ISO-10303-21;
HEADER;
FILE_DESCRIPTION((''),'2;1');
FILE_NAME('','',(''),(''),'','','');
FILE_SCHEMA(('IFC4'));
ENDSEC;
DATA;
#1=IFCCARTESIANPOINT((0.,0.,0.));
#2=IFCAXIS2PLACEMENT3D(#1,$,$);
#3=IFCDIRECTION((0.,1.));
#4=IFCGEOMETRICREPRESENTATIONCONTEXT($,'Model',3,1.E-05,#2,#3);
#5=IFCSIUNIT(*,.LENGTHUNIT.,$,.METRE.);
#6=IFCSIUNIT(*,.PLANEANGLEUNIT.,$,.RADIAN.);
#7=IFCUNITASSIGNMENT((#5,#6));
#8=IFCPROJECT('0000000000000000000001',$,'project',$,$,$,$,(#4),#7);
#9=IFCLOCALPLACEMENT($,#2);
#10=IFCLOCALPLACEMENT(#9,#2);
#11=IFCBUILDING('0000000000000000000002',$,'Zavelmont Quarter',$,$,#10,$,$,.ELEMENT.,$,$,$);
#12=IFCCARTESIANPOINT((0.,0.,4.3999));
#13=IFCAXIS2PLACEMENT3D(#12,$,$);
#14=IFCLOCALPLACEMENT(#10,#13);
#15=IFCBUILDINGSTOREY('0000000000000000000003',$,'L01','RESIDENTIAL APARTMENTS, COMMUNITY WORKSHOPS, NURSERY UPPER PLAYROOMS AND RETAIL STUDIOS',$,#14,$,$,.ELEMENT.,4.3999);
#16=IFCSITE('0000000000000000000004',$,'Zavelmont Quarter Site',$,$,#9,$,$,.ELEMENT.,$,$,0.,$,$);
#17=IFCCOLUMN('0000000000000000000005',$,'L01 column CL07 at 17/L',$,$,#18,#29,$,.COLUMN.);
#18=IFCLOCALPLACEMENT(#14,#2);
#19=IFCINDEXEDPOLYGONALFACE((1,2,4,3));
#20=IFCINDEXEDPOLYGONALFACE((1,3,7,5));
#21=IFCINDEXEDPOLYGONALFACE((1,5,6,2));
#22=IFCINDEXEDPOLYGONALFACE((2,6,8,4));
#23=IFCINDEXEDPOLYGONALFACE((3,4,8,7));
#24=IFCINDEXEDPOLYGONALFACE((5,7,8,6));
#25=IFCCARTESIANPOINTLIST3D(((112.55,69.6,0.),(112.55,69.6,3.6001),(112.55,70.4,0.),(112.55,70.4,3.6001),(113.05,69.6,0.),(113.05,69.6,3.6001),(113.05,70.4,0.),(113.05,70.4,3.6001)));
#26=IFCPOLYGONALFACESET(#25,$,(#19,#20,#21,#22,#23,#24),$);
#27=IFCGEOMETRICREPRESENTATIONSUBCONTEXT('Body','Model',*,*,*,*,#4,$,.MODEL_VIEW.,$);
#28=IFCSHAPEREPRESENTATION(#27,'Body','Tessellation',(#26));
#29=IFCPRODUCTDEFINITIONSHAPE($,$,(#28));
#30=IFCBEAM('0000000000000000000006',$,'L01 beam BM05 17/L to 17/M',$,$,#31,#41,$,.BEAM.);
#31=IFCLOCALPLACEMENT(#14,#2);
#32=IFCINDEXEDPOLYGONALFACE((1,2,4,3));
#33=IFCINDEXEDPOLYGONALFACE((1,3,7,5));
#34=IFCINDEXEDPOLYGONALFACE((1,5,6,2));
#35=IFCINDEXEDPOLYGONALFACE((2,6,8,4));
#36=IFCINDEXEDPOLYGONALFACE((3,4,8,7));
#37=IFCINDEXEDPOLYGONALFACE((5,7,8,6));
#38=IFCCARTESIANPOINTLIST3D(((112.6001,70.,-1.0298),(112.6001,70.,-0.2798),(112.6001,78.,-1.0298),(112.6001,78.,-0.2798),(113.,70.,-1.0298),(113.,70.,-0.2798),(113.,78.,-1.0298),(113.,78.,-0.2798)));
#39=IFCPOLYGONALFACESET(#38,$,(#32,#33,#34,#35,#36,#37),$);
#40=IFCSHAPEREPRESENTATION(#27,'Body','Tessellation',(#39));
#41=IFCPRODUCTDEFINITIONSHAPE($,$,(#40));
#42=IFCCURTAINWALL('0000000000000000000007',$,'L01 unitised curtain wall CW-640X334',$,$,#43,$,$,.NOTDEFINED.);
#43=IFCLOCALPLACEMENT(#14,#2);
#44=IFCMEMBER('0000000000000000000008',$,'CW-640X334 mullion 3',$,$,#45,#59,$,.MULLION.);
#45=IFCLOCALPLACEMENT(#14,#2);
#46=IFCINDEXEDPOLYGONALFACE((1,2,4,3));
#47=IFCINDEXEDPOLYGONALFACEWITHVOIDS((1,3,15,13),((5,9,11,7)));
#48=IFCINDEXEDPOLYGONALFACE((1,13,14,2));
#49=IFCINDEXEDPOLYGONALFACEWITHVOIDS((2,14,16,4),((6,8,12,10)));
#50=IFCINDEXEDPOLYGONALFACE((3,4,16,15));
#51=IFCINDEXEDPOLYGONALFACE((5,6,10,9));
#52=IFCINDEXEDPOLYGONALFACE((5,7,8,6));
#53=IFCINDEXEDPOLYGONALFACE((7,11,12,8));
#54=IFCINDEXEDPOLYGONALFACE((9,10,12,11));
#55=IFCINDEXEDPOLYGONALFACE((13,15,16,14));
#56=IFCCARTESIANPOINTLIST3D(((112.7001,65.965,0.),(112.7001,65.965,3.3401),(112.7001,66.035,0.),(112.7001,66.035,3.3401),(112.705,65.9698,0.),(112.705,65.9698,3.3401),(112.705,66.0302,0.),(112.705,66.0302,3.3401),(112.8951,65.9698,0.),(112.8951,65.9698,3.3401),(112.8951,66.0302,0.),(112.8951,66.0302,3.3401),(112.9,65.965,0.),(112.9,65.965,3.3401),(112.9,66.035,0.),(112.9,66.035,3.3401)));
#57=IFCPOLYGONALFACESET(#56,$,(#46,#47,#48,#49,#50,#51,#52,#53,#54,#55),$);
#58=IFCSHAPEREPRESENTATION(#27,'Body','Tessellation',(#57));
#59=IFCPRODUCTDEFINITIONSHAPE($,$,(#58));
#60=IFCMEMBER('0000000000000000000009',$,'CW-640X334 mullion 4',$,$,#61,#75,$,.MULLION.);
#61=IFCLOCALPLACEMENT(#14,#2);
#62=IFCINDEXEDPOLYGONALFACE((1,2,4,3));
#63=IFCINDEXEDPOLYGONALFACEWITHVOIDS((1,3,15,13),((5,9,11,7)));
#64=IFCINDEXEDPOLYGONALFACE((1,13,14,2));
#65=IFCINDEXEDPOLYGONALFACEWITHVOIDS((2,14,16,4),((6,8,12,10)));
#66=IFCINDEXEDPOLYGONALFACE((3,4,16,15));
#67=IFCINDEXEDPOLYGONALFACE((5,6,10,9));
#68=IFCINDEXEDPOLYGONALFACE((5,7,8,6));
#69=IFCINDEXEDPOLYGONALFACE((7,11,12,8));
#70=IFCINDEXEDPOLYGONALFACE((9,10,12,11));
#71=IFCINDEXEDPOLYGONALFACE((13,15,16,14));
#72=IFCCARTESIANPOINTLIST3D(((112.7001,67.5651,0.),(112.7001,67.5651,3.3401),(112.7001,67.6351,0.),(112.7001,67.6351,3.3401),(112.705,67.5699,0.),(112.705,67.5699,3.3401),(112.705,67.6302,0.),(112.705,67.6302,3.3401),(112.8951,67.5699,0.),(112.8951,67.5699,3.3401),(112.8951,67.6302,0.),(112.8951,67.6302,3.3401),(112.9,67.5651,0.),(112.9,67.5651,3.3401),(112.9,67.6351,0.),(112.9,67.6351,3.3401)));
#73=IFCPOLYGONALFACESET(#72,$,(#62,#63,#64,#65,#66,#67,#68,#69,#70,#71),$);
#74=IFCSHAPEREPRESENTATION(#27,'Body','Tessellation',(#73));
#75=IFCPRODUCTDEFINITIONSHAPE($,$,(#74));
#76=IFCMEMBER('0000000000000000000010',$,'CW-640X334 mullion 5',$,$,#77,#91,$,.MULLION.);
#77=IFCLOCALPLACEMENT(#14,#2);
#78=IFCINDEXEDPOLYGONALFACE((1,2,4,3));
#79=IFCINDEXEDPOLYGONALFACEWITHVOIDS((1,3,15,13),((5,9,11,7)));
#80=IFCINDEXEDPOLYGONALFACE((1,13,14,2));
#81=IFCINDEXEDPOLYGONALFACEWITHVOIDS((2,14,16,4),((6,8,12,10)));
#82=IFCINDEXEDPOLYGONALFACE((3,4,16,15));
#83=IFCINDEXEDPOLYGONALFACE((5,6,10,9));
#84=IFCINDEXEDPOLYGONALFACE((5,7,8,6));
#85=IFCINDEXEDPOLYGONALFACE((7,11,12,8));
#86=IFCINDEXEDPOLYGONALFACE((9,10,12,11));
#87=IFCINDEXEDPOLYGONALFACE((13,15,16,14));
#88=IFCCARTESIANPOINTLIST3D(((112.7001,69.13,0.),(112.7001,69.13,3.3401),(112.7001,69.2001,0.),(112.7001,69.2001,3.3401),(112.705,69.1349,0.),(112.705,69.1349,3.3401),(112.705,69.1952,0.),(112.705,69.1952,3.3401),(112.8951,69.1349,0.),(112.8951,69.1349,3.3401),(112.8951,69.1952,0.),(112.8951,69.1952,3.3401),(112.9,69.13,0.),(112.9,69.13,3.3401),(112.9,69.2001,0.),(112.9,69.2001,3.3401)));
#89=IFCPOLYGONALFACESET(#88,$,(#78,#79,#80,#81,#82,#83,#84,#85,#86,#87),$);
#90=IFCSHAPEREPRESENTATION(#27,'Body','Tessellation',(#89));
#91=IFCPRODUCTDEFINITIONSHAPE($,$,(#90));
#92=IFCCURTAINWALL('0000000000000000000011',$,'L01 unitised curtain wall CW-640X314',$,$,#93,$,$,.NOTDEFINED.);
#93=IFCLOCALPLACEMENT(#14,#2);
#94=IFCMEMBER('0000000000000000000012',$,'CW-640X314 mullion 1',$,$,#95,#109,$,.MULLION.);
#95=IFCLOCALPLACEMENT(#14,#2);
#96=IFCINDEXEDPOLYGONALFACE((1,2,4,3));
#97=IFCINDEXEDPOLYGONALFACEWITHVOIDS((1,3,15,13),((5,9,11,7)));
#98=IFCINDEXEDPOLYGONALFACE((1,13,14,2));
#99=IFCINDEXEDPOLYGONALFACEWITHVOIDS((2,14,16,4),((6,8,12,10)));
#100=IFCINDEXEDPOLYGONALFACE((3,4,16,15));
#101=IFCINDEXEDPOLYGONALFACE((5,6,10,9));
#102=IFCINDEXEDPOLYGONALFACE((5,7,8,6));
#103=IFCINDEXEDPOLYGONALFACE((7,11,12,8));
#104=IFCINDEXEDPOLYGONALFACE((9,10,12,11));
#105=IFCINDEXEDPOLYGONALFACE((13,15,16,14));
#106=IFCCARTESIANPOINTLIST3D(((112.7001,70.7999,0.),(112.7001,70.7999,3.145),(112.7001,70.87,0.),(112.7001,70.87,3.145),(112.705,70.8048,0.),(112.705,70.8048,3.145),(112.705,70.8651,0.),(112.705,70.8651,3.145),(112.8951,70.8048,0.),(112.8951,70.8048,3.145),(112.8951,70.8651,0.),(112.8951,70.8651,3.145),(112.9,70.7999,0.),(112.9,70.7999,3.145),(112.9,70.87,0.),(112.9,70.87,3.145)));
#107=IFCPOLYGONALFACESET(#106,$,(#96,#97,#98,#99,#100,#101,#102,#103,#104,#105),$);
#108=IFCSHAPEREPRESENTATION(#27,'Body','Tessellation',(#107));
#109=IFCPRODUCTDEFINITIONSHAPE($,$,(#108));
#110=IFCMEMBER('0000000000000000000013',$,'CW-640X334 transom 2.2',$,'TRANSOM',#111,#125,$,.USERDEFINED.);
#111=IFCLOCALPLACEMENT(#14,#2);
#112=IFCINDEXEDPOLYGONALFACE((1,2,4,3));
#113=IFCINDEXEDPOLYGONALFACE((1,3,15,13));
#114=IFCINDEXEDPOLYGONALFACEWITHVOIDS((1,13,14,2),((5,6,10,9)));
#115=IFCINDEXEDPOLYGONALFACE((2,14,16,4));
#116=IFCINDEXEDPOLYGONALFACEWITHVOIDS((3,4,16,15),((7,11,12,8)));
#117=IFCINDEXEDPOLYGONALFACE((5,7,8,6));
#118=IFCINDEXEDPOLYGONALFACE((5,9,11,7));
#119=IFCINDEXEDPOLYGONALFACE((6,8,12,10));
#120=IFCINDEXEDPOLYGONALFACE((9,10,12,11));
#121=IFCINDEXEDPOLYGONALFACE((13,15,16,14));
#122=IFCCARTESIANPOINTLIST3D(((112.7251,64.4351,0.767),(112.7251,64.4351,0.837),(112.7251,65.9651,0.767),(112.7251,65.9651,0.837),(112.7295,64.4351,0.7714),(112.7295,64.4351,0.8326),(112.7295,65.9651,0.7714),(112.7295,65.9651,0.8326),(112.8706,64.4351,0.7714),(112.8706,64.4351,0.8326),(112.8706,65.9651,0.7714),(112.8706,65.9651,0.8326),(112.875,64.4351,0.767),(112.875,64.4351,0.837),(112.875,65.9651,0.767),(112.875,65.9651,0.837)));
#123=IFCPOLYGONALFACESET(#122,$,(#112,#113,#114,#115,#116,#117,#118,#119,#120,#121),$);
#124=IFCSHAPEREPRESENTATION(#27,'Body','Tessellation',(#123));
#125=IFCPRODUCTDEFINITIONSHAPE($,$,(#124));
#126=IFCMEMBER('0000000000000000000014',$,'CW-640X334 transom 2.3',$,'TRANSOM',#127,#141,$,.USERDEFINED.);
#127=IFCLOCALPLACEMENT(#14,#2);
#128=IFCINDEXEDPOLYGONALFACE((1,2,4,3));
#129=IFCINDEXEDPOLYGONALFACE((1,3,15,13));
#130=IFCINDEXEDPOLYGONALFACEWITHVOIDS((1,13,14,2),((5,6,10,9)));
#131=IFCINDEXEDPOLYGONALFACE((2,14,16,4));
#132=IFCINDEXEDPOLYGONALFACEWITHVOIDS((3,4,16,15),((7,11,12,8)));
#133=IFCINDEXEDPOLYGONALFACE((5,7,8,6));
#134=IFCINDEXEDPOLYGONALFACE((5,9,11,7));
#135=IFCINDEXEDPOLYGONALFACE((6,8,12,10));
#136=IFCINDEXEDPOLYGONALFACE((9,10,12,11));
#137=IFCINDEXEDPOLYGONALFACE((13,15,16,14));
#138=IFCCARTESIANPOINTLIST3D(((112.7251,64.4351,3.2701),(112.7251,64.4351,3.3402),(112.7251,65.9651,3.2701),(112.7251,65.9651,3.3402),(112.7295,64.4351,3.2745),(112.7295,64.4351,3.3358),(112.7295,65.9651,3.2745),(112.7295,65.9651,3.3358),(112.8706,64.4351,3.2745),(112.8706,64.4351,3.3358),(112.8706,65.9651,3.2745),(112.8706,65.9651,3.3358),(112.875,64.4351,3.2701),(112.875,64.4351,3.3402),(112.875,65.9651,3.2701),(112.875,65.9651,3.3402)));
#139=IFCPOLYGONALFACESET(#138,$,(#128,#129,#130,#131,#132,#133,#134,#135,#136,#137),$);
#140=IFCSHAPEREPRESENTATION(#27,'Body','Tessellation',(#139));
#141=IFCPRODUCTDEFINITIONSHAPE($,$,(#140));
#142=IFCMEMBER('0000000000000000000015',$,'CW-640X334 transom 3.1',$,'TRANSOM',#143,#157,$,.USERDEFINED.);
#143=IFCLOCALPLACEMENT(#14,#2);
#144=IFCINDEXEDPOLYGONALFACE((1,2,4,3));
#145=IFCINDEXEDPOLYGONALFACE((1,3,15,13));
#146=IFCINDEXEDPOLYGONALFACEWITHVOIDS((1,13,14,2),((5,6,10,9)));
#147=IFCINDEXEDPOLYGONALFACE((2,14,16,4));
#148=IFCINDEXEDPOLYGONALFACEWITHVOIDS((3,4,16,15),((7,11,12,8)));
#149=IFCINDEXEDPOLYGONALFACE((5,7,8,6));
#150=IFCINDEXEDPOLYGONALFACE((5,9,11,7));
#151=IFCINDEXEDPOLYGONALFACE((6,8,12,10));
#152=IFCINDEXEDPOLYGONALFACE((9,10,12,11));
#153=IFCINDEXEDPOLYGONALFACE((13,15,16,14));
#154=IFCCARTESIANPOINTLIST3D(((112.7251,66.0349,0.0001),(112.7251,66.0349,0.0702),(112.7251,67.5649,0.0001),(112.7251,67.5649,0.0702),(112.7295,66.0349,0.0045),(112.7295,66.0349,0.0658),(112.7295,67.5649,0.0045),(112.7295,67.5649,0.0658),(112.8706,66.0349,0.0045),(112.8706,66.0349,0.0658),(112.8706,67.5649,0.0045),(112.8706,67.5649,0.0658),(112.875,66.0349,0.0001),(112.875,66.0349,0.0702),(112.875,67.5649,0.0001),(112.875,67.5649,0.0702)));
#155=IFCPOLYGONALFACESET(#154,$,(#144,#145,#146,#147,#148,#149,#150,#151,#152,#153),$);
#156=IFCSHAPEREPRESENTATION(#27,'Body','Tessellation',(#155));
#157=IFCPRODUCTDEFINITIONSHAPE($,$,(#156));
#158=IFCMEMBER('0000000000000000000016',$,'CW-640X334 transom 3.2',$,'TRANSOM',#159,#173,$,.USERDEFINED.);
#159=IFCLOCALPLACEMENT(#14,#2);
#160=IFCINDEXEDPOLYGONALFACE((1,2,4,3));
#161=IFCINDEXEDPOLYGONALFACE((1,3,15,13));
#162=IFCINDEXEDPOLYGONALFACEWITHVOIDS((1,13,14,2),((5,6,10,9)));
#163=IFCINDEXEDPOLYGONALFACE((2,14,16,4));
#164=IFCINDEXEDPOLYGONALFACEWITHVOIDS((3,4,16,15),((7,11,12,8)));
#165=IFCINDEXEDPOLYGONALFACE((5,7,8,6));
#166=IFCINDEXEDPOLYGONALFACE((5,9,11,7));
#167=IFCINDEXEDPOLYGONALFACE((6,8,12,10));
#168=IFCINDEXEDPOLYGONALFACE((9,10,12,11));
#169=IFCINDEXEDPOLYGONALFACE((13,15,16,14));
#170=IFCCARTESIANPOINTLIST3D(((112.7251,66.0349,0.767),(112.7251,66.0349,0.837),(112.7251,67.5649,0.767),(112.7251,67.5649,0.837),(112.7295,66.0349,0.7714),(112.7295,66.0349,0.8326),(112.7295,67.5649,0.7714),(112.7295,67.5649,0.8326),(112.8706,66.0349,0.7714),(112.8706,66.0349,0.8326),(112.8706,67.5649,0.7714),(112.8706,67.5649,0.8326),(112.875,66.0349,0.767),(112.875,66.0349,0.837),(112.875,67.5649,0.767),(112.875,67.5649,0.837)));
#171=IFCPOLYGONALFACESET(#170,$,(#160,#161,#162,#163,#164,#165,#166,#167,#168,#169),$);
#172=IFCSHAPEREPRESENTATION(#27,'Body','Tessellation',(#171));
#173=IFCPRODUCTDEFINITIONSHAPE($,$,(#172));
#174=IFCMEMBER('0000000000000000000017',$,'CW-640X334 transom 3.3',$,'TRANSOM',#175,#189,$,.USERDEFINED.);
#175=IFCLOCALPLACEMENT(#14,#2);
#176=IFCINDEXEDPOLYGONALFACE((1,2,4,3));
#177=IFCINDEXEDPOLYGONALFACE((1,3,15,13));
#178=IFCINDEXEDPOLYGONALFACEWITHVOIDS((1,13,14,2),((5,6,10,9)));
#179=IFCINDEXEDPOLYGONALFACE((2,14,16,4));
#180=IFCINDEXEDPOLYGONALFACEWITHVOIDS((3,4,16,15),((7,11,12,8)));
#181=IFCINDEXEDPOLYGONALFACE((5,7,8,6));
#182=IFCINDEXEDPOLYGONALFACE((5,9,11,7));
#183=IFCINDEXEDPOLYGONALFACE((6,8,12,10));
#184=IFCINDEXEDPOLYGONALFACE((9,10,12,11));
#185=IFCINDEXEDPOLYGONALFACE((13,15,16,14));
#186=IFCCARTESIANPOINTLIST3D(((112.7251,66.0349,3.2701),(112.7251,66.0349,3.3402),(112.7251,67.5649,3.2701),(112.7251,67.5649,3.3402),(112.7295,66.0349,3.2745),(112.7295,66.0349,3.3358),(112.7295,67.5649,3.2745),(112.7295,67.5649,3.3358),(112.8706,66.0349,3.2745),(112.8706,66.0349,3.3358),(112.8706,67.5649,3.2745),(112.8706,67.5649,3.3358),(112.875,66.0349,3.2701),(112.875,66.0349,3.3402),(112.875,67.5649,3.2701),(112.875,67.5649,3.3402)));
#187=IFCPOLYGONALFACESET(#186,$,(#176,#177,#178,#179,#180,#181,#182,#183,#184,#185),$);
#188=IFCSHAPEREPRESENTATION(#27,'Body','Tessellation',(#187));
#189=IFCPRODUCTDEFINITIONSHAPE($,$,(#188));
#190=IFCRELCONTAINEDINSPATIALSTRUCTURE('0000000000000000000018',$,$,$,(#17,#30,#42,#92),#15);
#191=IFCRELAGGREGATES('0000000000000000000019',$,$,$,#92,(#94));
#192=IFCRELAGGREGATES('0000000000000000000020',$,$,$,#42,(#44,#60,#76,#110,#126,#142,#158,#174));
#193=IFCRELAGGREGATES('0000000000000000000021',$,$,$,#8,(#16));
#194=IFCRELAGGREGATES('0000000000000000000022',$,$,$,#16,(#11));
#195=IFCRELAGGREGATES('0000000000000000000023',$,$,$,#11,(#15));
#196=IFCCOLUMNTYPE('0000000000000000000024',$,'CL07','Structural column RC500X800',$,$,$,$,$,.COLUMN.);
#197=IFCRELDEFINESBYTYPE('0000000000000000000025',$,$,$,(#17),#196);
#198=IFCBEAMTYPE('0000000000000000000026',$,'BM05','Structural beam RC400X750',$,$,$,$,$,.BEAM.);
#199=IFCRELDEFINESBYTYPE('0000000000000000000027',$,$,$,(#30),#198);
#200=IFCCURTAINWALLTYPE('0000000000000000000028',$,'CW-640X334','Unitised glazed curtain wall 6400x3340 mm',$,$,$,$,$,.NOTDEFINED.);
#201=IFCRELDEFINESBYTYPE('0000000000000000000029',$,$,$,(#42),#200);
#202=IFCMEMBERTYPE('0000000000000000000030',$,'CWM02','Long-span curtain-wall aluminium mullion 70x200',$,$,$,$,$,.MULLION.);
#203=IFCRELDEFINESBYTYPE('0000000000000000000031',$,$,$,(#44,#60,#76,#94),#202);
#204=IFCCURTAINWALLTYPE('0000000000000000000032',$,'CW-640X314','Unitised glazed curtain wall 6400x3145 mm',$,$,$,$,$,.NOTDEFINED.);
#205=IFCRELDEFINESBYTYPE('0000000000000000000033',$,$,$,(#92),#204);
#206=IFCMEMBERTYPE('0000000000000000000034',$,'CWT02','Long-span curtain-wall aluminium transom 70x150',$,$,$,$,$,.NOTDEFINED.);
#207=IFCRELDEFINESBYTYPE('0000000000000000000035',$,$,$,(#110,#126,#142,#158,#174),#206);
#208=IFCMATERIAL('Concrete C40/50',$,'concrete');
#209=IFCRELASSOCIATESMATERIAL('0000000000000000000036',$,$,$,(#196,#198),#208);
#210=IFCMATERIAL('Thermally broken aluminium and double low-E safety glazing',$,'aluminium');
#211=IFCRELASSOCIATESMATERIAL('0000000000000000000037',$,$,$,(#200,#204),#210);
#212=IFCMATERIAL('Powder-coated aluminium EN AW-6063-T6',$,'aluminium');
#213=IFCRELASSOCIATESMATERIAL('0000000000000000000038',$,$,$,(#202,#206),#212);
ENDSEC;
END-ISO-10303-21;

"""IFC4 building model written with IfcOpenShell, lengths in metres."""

from ifc_helpers import new_model, si_unit, direction, frame, origin, origin_2d, place, context, subcontext, project, spatial, rectangle, hollow_rectangle, extrude, material, material_profile, profile_set, type_object, element, aggregate, save


model = new_model("IFC4")

# Units and contexts
model_context = context("Model", 3, precision=1e-05, world=origin(), true_north=direction((0.0, 1.0)))
body_context = subcontext(model_context, "Body", "Model", "MODEL_VIEW")
ifc_project = project(units=[si_unit("LENGTHUNIT", "METRE"), si_unit("PLANEANGLEUNIT", "RADIAN")], contexts=[model_context])

# Site, building, storey
site_placement = place(None, origin())
site = spatial("IfcSite", under=ifc_project, at=site_placement, Name="Zavelmont Quarter Site", CompositionType="ELEMENT", RefElevation=0.0)
building_placement = place(site_placement, origin())
building = spatial("IfcBuilding", under=site, at=building_placement, Name="Zavelmont Quarter", CompositionType="ELEMENT")
storey_placement = place(building_placement, frame((0.0, 0.0, 4.3999)))
storey = spatial("IfcBuildingStorey", under=building, at=storey_placement, Name="L01", Description="RESIDENTIAL APARTMENTS, COMMUNITY WORKSHOPS, NURSERY UPPER PLAYROOMS AND RETAIL STUDIOS", CompositionType="ELEMENT", Elevation=4.3999)

# Column
ifc_material_1 = material(Name="Concrete C40/50", Category="concrete")
ifc_material_profile_1 = material_profile(ifc_material_1, rectangle(XDim=0.5, YDim=0.8, at=origin_2d()), Name="RC500X800")
ifc_profile_set_1 = profile_set([ifc_material_profile_1], Name="Concrete C40/50")
column_type = type_object("IfcColumnType", Name="CL07", Description="Structural column RC500X800", PredefinedType="COLUMN", material=ifc_profile_set_1)
column_placement = place(storey_placement, frame((112.8, 70.0, 0.0), z_axis=(0.0, 0.0, 1.0), x_axis=(1.0, 0.0, 0.0)))
element("IfcColumn", 1, at=column_placement, inside=storey, type_object=column_type, Name="L01 column CL07 at 17/L", PredefinedType="COLUMN", context=body_context, shape_type="SweptSolid", body=[
    extrude(rectangle(XDim=0.5, YDim=0.8, at=origin_2d()), origin(), (0.0, 0.0, 1.0), 3.6001),
])

# Beam
ifc_material_profile_2 = material_profile(ifc_material_1, rectangle(XDim=0.3999, YDim=0.75, at=origin_2d()), Name="RC400X750")
ifc_profile_set_2 = profile_set([ifc_material_profile_2], Name="Concrete C40/50")
beam_type = type_object("IfcBeamType", Name="BM05", Description="Structural beam RC400X750", PredefinedType="BEAM", material=ifc_profile_set_2)
beam_placement = place(storey_placement, frame((112.8, 70.0, -0.6548), z_axis=(0.0, 1.0, 0.0), x_axis=(-1.0, 0.0, 0.0)))
element("IfcBeam", 2, at=beam_placement, inside=storey, type_object=beam_type, Name="L01 beam BM05 17/L to 17/M", PredefinedType="BEAM", context=body_context, shape_type="SweptSolid", body=[
    extrude(rectangle(XDim=0.3999, YDim=0.75, at=origin_2d()), origin(), (0.0, 0.0, 1.0), 8.0),
])

# Curtain wall, members
ifc_material_2 = material(Name="Thermally broken aluminium and double low-E safety glazing", Category="aluminium")
curtain_wall_type_1 = type_object("IfcCurtainWallType", Name="CW-640X334", Description="Unitised glazed curtain wall 6400x3340 mm", PredefinedType="NOTDEFINED", material=ifc_material_2)
curtain_wall_1_placement = place(storey_placement, origin())
curtain_wall_1 = element("IfcCurtainWall", 3, at=curtain_wall_1_placement, inside=storey, type_object=curtain_wall_type_1, Name="L01 unitised curtain wall CW-640X334", PredefinedType="NOTDEFINED")
ifc_material_3 = material(Name="Powder-coated aluminium EN AW-6063-T6", Category="aluminium")
ifc_material_profile_3 = material_profile(ifc_material_3, hollow_rectangle(XDim=0.0701, YDim=0.2, WallThickness=0.0049, at=origin_2d()), Name="CWM70X200")
ifc_profile_set_3 = profile_set([ifc_material_profile_3], Name="Powder-coated aluminium EN AW-6063-T6")
member_type_1 = type_object("IfcMemberType", Name="CWM02", Description="Long-span curtain-wall aluminium mullion 70x200", PredefinedType="MULLION", material=ifc_profile_set_3)
member_1_placement = place(storey_placement, frame((112.8, 66.0, 0.0), z_axis=(0.0, 0.0, 1.0), x_axis=(0.0, 1.0, 0.0)))
member_1 = element("IfcMember", 4, at=member_1_placement, type_object=member_type_1, Name="CW-640X334 mullion 3", PredefinedType="MULLION", context=body_context, shape_type="SweptSolid", body=[
    extrude(hollow_rectangle(XDim=0.0701, YDim=0.2, WallThickness=0.0049, at=origin_2d()), origin(), (0.0, 0.0, 1.0), 3.3401),
])
member_2_placement = place(storey_placement, frame((112.8, 67.6001, 0.0), z_axis=(0.0, 0.0, 1.0), x_axis=(0.0, 1.0, 0.0)))
member_2 = element("IfcMember", 5, at=member_2_placement, type_object=member_type_1, Name="CW-640X334 mullion 4", PredefinedType="MULLION", context=body_context, shape_type="SweptSolid", body=[
    extrude(hollow_rectangle(XDim=0.0701, YDim=0.2, WallThickness=0.0049, at=origin_2d()), origin(), (0.0, 0.0, 1.0), 3.3401),
])
member_3_placement = place(storey_placement, frame((112.8, 69.165, 0.0), z_axis=(0.0, 0.0, 1.0), x_axis=(0.0, 1.0, 0.0)))
member_3 = element("IfcMember", 6, at=member_3_placement, type_object=member_type_1, Name="CW-640X334 mullion 5", PredefinedType="MULLION", context=body_context, shape_type="SweptSolid", body=[
    extrude(hollow_rectangle(XDim=0.0701, YDim=0.2, WallThickness=0.0049, at=origin_2d()), origin(), (0.0, 0.0, 1.0), 3.3401),
])

# Curtain wall, member
curtain_wall_type_2 = type_object("IfcCurtainWallType", Name="CW-640X314", Description="Unitised glazed curtain wall 6400x3145 mm", PredefinedType="NOTDEFINED", material=ifc_material_2)
curtain_wall_2_placement = place(storey_placement, origin())
curtain_wall_2 = element("IfcCurtainWall", 7, at=curtain_wall_2_placement, inside=storey, type_object=curtain_wall_type_2, Name="L01 unitised curtain wall CW-640X314", PredefinedType="NOTDEFINED")
member_4_placement = place(storey_placement, frame((112.8, 70.835, 0.0), z_axis=(0.0, 0.0, 1.0), x_axis=(0.0, 1.0, 0.0)))
member_4 = element("IfcMember", 8, at=member_4_placement, type_object=member_type_1, Name="CW-640X314 mullion 1", PredefinedType="MULLION", context=body_context, shape_type="SweptSolid", body=[
    extrude(hollow_rectangle(XDim=0.0701, YDim=0.2, WallThickness=0.0049, at=origin_2d()), origin(), (0.0, 0.0, 1.0), 3.145),
])

# Members
ifc_material_profile_4 = material_profile(ifc_material_3, hollow_rectangle(XDim=0.1499, YDim=0.0701, WallThickness=0.0044, at=origin_2d()), Name="CWT70X150")
ifc_profile_set_4 = profile_set([ifc_material_profile_4], Name="Powder-coated aluminium EN AW-6063-T6")
member_type_2 = type_object("IfcMemberType", Name="CWT02", Description="Long-span curtain-wall aluminium transom 70x150", PredefinedType="NOTDEFINED", material=ifc_profile_set_4)
member_5_placement = place(storey_placement, frame((112.8, 64.4351, 0.802), z_axis=(0.0, 1.0, 0.0), x_axis=(-1.0, 0.0, 0.0)))
member_5 = element("IfcMember", 9, at=member_5_placement, type_object=member_type_2, Name="CW-640X334 transom 2.2", ObjectType="TRANSOM", PredefinedType="USERDEFINED", context=body_context, shape_type="SweptSolid", body=[
    extrude(hollow_rectangle(XDim=0.1499, YDim=0.0701, WallThickness=0.0044, at=origin_2d()), origin(), (0.0, 0.0, 1.0), 1.53),
])
member_6_placement = place(storey_placement, frame((112.8, 64.4351, 3.3052), z_axis=(0.0, 1.0, 0.0), x_axis=(-1.0, 0.0, 0.0)))
member_6 = element("IfcMember", 10, at=member_6_placement, type_object=member_type_2, Name="CW-640X334 transom 2.3", ObjectType="TRANSOM", PredefinedType="USERDEFINED", context=body_context, shape_type="SweptSolid", body=[
    extrude(hollow_rectangle(XDim=0.1499, YDim=0.0701, WallThickness=0.0044, at=origin_2d()), origin(), (0.0, 0.0, 1.0), 1.53),
])
member_7_placement = place(storey_placement, frame((112.8, 66.0349, 0.0352), z_axis=(0.0, 1.0, 0.0), x_axis=(-1.0, 0.0, 0.0)))
member_7 = element("IfcMember", 11, at=member_7_placement, type_object=member_type_2, Name="CW-640X334 transom 3.1", ObjectType="TRANSOM", PredefinedType="USERDEFINED", context=body_context, shape_type="SweptSolid", body=[
    extrude(hollow_rectangle(XDim=0.1499, YDim=0.0701, WallThickness=0.0044, at=origin_2d()), origin(), (0.0, 0.0, 1.0), 1.53),
])
member_8_placement = place(storey_placement, frame((112.8, 66.0349, 0.802), z_axis=(0.0, 1.0, 0.0), x_axis=(-1.0, 0.0, 0.0)))
member_8 = element("IfcMember", 12, at=member_8_placement, type_object=member_type_2, Name="CW-640X334 transom 3.2", ObjectType="TRANSOM", PredefinedType="USERDEFINED", context=body_context, shape_type="SweptSolid", body=[
    extrude(hollow_rectangle(XDim=0.1499, YDim=0.0701, WallThickness=0.0044, at=origin_2d()), origin(), (0.0, 0.0, 1.0), 1.53),
])
member_9_placement = place(storey_placement, frame((112.8, 66.0349, 3.3052), z_axis=(0.0, 1.0, 0.0), x_axis=(-1.0, 0.0, 0.0)))
member_9 = element("IfcMember", 13, at=member_9_placement, type_object=member_type_2, Name="CW-640X334 transom 3.3", ObjectType="TRANSOM", PredefinedType="USERDEFINED", context=body_context, shape_type="SweptSolid", body=[
    extrude(hollow_rectangle(XDim=0.1499, YDim=0.0701, WallThickness=0.0044, at=origin_2d()), origin(), (0.0, 0.0, 1.0), 1.53),
])
aggregate(curtain_wall_2, [member_4])

aggregate(curtain_wall_1, [member_1, member_2, member_3, member_5, member_6, member_7, member_8, member_9])

save(model, "model.ifc")
